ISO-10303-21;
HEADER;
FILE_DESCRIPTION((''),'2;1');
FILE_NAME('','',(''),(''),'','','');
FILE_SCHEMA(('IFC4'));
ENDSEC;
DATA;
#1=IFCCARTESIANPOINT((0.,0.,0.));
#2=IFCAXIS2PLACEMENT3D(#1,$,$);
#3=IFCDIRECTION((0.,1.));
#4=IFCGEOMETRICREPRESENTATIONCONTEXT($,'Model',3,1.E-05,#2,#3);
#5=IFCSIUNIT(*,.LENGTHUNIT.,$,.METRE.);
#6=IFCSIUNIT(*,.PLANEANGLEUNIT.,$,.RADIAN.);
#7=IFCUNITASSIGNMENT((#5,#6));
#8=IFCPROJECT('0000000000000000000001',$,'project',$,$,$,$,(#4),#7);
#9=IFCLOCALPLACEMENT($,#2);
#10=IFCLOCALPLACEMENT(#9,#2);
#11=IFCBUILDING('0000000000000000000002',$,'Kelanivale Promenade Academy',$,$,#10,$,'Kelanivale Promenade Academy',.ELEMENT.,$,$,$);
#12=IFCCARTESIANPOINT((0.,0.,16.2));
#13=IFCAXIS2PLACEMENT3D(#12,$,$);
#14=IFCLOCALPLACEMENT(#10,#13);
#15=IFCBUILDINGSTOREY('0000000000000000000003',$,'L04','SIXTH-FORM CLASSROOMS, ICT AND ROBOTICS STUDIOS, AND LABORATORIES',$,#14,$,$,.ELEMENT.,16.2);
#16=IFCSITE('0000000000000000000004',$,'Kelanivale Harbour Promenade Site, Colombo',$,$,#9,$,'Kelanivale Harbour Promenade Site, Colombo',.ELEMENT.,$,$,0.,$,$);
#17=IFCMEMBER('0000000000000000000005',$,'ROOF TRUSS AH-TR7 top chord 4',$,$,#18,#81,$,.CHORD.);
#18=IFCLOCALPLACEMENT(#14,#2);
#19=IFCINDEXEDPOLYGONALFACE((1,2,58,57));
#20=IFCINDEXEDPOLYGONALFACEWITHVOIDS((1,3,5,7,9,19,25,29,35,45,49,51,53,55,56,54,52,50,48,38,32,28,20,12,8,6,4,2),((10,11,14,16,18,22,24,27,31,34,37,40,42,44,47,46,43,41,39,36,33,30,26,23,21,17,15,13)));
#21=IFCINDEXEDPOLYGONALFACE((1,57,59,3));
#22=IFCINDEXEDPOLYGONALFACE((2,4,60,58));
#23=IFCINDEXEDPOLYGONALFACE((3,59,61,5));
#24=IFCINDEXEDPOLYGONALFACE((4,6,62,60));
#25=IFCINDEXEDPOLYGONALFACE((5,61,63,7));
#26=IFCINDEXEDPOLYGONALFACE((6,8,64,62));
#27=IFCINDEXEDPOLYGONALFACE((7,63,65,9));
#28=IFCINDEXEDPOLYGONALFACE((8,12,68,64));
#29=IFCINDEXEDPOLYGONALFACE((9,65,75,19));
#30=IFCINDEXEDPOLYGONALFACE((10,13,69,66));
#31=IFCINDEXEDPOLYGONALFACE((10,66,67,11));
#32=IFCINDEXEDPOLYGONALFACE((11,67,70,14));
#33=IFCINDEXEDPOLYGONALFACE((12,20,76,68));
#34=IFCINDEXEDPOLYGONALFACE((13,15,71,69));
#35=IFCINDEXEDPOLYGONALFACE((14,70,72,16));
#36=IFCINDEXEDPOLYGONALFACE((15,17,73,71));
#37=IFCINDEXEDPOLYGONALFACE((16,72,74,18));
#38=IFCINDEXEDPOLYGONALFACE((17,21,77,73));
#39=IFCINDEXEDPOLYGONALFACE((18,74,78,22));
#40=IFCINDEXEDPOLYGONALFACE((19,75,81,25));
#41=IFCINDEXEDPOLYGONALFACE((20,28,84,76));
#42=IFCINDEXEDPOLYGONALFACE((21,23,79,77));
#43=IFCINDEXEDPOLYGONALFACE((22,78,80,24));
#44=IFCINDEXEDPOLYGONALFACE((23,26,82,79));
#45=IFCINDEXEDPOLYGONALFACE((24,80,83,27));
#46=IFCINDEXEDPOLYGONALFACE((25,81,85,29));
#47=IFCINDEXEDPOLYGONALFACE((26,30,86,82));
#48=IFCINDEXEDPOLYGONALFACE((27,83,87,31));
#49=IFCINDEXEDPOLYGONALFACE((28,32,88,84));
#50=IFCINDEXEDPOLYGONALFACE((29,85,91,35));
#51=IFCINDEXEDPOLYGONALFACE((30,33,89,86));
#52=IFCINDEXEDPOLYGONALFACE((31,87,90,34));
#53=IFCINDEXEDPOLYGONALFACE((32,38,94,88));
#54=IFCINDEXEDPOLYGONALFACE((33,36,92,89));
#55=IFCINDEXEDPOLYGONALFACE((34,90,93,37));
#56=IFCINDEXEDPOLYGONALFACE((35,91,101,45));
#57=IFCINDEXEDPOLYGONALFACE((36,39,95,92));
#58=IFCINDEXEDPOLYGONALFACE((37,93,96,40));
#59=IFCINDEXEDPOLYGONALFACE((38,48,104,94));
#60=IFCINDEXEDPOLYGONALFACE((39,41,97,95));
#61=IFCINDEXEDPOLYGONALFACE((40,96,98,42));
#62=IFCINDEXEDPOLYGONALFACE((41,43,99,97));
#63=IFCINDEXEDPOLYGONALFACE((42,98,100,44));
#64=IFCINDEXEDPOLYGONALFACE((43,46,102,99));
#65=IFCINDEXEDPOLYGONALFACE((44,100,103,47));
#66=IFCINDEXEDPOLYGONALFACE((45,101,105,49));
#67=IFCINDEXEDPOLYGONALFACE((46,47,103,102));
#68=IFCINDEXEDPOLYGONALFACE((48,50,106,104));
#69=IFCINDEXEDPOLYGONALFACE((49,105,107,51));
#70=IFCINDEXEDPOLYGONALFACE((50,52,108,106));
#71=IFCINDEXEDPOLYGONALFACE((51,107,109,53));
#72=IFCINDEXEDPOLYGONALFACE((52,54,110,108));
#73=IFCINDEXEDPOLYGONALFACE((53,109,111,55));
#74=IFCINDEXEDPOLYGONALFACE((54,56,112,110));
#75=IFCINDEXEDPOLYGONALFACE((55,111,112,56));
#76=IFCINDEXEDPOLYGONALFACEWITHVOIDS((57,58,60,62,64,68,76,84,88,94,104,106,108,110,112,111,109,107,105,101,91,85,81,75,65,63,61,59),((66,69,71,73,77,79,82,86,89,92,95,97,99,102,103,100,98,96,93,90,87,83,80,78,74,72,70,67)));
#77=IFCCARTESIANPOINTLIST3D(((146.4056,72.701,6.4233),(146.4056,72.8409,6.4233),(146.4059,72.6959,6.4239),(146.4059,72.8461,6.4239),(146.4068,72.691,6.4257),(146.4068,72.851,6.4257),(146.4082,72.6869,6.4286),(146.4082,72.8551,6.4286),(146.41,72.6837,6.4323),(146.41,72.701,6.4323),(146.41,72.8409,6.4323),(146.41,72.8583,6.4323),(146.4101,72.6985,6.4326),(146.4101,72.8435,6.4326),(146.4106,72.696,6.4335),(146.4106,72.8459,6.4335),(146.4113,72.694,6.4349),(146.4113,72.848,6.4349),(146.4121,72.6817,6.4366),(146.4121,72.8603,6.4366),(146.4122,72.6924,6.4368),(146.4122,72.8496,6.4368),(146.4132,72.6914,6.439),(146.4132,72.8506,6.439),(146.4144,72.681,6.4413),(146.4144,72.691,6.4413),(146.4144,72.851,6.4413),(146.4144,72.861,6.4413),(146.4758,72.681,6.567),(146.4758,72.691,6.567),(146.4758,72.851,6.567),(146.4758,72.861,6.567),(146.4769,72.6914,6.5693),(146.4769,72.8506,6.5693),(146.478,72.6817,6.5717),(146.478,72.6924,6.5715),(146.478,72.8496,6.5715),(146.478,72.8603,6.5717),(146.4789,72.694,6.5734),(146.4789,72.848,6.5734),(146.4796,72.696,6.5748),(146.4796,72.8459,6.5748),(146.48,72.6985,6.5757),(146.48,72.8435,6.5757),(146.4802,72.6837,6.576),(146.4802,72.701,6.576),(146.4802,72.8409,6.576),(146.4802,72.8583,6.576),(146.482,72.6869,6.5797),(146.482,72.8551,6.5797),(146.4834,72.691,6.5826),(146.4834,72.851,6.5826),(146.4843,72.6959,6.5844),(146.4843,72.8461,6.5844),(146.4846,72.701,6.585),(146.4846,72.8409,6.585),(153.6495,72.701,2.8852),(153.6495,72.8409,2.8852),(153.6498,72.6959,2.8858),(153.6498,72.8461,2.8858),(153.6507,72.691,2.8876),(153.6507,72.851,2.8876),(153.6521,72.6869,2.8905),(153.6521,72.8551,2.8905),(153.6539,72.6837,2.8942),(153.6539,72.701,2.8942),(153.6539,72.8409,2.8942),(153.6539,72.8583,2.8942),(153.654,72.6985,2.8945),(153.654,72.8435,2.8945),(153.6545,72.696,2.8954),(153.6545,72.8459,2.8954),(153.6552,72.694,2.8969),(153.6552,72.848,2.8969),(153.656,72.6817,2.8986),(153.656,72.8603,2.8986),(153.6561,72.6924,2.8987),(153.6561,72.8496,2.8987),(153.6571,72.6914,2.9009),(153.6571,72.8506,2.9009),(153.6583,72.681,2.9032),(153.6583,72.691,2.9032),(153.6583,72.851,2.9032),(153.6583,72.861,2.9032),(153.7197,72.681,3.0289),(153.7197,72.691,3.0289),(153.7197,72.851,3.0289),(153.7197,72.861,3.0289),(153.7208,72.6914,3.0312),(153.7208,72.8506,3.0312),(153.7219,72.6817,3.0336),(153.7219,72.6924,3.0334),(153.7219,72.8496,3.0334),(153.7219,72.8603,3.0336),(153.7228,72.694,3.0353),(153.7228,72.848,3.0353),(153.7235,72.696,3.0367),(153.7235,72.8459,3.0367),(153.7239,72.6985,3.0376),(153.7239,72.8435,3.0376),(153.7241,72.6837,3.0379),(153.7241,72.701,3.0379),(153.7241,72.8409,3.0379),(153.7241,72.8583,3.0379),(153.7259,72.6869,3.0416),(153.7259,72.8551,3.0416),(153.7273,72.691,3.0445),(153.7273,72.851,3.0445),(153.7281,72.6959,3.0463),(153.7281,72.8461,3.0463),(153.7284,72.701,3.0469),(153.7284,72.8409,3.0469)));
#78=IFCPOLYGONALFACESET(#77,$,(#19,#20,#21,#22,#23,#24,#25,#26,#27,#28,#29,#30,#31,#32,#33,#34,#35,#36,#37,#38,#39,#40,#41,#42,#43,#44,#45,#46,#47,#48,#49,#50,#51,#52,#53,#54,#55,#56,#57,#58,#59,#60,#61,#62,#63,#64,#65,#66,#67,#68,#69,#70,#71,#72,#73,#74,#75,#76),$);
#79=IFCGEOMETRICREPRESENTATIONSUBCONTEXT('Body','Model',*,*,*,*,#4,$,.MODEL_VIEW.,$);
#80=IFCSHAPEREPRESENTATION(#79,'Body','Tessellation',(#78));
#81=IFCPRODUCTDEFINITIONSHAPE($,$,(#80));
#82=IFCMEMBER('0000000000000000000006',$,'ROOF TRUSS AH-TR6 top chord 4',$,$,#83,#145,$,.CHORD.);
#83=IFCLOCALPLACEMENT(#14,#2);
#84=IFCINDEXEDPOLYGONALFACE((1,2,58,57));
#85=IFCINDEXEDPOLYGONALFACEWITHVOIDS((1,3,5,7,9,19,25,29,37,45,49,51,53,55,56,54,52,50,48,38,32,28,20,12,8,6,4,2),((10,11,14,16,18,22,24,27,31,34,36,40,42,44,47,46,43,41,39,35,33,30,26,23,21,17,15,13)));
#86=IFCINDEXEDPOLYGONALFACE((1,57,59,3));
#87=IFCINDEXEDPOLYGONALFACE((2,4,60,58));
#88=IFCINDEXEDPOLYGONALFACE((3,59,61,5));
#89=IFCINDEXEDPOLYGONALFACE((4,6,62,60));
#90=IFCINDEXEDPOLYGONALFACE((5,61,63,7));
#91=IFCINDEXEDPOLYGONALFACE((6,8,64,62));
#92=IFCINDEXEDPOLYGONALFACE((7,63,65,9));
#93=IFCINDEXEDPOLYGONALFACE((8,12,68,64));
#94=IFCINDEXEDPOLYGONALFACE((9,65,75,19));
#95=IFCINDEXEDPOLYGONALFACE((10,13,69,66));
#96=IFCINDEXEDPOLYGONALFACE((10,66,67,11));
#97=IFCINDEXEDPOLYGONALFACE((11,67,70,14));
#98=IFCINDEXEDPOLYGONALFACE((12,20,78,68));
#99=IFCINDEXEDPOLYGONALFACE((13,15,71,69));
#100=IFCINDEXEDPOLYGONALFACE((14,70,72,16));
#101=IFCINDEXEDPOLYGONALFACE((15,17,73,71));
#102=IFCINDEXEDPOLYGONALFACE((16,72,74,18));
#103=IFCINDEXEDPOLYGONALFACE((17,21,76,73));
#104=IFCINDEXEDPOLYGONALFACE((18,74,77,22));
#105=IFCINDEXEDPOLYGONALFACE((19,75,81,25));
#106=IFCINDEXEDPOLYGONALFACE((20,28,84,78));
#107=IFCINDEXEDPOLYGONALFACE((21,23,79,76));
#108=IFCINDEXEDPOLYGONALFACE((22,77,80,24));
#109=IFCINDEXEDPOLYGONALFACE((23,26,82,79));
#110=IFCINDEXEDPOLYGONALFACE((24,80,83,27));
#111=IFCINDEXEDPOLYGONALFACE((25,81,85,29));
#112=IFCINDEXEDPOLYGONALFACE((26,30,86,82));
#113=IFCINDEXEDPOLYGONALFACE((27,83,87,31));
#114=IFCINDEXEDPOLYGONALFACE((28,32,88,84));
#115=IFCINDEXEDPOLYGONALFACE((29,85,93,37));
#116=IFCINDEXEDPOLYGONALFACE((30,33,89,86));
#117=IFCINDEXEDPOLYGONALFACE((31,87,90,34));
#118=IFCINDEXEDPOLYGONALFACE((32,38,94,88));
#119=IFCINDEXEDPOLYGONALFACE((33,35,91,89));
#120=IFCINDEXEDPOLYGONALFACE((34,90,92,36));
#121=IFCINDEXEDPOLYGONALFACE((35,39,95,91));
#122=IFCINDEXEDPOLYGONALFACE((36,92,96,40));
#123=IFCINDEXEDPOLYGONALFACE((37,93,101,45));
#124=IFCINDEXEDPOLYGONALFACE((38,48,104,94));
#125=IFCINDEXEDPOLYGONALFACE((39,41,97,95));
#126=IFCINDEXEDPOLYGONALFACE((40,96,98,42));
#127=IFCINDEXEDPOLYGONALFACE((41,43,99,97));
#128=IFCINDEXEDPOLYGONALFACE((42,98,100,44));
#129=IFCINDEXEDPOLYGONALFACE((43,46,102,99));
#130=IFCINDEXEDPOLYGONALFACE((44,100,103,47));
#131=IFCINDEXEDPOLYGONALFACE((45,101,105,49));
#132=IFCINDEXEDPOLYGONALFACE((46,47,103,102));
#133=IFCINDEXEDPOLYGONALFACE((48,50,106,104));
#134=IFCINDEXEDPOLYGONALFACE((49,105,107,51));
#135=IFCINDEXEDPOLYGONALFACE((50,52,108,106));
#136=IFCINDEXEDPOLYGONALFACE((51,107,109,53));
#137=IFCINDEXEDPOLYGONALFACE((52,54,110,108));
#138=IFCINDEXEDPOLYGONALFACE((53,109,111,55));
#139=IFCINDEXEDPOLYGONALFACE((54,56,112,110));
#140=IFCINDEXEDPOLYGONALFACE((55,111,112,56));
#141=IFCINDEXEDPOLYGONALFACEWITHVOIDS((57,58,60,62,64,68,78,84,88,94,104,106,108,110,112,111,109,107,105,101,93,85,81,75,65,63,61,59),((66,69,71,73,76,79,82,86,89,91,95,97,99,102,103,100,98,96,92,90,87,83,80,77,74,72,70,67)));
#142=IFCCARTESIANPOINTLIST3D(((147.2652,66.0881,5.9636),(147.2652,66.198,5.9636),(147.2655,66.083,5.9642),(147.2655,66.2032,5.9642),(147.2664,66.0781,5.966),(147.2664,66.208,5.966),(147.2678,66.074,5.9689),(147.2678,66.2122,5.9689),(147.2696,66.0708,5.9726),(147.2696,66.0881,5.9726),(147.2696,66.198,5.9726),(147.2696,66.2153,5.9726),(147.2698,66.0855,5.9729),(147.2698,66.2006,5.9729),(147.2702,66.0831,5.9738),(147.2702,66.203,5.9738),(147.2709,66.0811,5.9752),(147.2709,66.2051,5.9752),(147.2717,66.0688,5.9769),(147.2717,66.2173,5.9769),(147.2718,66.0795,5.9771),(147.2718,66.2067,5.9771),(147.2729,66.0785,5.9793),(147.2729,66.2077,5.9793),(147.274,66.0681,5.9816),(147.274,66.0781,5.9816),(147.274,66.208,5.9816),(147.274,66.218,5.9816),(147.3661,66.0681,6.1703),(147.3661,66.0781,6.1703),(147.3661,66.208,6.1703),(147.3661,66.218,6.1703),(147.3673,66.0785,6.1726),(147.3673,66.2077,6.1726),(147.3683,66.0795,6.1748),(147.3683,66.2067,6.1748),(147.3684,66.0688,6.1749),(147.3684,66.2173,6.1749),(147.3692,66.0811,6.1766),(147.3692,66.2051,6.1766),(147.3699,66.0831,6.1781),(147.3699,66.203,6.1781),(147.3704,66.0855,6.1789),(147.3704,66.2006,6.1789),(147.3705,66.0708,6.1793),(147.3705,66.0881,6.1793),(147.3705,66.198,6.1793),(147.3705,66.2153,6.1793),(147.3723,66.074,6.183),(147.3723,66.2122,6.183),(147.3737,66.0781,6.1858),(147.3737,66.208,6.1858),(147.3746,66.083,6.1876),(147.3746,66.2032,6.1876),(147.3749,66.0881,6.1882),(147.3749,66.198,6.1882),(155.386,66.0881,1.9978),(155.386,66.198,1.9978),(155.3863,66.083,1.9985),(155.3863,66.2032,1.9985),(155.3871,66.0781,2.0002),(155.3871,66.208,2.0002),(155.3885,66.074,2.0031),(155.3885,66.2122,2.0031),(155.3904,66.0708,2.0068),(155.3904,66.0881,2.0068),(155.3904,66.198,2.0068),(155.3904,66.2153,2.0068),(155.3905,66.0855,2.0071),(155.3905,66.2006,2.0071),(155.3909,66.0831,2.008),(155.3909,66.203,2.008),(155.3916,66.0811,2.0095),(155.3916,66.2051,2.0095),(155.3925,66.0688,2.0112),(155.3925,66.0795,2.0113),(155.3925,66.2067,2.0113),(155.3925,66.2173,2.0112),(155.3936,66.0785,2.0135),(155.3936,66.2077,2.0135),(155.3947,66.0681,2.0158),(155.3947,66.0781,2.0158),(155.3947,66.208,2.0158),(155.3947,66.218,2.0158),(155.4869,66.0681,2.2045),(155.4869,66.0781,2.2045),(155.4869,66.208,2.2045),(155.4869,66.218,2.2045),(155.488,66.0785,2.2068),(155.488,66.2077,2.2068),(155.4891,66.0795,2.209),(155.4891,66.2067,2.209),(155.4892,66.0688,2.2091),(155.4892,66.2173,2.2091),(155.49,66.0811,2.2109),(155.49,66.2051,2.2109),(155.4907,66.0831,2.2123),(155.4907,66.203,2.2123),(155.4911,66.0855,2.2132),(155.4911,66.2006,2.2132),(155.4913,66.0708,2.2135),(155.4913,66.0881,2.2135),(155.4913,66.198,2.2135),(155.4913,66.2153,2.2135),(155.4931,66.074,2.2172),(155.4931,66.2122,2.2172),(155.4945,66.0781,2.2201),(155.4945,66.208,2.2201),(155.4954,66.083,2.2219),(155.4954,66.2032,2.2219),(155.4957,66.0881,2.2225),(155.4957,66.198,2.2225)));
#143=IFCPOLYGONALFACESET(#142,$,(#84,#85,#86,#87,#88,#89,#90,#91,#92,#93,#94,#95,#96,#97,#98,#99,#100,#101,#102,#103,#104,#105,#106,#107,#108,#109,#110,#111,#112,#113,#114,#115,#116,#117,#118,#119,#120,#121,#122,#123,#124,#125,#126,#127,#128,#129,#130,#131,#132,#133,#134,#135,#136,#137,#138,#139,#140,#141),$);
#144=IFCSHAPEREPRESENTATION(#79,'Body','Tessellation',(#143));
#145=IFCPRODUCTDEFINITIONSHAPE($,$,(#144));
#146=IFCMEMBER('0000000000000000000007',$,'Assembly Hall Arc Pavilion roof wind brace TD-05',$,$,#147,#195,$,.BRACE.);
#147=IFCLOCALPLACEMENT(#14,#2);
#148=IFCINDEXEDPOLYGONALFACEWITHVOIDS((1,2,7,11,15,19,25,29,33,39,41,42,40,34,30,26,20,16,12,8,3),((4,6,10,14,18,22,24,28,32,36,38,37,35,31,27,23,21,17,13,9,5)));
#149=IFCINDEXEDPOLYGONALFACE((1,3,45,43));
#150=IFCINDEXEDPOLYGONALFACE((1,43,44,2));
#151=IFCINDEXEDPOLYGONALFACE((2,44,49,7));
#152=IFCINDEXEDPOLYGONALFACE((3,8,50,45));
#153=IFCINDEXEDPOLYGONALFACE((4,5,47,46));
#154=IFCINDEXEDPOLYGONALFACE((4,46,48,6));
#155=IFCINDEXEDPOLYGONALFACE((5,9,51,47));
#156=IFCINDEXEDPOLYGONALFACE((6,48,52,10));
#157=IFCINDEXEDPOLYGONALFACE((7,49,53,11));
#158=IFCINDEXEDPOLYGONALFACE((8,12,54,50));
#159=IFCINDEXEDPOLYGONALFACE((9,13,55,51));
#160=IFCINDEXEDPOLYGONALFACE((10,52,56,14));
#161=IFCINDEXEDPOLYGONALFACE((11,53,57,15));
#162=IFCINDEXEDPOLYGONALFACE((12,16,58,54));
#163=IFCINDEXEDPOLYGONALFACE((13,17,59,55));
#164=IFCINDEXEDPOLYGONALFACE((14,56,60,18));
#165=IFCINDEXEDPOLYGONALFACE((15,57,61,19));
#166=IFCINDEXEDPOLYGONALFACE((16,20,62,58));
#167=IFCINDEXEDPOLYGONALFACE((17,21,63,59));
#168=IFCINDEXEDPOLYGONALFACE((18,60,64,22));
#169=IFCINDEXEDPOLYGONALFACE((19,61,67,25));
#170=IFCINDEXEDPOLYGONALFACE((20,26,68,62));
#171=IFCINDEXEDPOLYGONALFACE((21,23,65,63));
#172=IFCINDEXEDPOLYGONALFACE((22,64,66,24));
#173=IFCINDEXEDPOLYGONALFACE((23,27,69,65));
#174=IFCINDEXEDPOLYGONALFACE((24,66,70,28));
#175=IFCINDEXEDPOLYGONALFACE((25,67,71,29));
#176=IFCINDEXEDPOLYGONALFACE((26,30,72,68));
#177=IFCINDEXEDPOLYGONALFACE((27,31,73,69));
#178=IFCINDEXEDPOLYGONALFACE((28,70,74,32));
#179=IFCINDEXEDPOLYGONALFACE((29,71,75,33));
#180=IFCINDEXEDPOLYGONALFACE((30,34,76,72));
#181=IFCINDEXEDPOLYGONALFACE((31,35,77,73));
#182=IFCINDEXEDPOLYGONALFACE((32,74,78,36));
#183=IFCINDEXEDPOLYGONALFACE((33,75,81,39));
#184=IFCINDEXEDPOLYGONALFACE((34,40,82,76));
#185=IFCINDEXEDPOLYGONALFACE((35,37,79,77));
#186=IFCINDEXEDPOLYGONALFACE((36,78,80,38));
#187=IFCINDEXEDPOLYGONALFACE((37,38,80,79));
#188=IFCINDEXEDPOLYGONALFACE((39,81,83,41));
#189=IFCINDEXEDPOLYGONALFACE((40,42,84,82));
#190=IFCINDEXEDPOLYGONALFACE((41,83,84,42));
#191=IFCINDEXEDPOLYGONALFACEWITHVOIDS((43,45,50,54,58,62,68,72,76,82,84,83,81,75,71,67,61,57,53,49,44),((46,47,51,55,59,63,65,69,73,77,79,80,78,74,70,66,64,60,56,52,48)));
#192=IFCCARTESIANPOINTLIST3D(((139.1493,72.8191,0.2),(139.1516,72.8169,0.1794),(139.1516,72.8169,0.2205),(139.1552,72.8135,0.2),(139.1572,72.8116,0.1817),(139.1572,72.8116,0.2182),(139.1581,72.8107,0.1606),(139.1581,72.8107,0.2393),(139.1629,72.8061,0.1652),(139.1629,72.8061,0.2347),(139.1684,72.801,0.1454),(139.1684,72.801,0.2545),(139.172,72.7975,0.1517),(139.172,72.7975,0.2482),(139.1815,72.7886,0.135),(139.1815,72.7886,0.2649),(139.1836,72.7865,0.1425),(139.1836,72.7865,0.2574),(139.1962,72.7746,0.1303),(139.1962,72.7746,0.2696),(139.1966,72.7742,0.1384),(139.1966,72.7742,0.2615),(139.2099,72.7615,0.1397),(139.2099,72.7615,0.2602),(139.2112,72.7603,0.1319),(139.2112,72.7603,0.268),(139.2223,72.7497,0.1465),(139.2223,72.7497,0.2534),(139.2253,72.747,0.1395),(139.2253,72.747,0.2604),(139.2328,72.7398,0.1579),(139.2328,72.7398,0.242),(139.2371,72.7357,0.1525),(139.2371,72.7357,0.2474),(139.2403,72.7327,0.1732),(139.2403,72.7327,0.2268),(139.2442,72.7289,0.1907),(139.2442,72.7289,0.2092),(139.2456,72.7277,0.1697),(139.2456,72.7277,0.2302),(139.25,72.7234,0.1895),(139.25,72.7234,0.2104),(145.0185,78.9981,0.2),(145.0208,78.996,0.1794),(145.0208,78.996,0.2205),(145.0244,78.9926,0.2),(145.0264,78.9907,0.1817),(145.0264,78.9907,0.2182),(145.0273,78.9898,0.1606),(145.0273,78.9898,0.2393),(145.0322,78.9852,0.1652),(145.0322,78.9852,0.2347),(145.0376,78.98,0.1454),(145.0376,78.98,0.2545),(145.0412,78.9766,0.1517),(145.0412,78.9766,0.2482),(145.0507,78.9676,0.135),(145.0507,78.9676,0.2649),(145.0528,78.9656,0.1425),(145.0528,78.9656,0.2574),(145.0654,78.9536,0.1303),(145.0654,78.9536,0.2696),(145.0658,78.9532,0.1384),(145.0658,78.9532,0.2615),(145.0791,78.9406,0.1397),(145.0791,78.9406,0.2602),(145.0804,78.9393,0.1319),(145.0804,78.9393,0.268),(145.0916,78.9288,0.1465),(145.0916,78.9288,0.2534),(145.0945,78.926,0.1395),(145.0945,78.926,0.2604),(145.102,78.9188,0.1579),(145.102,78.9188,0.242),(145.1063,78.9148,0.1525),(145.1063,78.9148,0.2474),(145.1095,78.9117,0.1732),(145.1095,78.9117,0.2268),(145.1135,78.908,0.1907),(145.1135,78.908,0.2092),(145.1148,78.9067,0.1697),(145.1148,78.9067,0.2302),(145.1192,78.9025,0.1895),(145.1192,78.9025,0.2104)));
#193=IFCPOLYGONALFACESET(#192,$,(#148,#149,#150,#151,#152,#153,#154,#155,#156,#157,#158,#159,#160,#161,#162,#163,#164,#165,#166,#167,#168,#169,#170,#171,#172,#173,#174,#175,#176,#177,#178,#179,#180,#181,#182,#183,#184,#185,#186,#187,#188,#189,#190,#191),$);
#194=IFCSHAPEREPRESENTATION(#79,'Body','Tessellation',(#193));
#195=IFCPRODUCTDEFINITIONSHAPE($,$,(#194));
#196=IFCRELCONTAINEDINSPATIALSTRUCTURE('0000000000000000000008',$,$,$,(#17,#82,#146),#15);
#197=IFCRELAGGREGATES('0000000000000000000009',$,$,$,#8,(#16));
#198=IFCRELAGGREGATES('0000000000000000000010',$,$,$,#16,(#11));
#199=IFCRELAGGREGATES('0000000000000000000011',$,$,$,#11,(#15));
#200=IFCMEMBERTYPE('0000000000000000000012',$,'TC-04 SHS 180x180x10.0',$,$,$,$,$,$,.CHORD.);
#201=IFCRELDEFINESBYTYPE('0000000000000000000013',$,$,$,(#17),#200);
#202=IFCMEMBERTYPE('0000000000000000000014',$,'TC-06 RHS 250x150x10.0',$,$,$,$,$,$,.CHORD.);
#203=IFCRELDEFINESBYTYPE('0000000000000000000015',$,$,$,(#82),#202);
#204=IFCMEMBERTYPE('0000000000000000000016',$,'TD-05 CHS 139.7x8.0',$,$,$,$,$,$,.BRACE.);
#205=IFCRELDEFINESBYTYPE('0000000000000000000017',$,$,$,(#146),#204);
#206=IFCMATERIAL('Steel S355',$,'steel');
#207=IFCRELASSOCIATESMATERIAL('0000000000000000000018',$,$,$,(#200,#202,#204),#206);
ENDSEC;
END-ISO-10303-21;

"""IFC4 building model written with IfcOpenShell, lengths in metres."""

from ifc_helpers import new_model, si_unit, direction, frame, origin, origin_2d, place, context, subcontext, project, spatial, hollow_rectangle, hollow_circle, extrude, material, material_profile, profile_set, type_object, element, save


model = new_model("IFC4")

# Units and contexts
model_context = context("Model", 3, precision=1e-05, world=origin(), true_north=direction((0.0, 1.0)))
body_context = subcontext(model_context, "Body", "Model", "MODEL_VIEW")
ifc_project = project(units=[si_unit("LENGTHUNIT", "METRE"), si_unit("PLANEANGLEUNIT", "RADIAN")], contexts=[model_context])

# Site, building, storey
site_placement = place(None, origin())
site = spatial("IfcSite", under=ifc_project, at=site_placement, Name="Kelanivale Harbour Promenade Site, Colombo", LongName="Kelanivale Harbour Promenade Site, Colombo", CompositionType="ELEMENT", RefElevation=0.0)
building_placement = place(site_placement, origin())
building = spatial("IfcBuilding", under=site, at=building_placement, Name="Kelanivale Promenade Academy", LongName="Kelanivale Promenade Academy", CompositionType="ELEMENT")
storey_placement = place(building_placement, frame((0.0, 0.0, 16.2)))
storey = spatial("IfcBuildingStorey", under=building, at=storey_placement, Name="L04", Description="SIXTH-FORM CLASSROOMS, ICT AND ROBOTICS STUDIOS, AND LABORATORIES", CompositionType="ELEMENT", Elevation=16.2)

# Members
ifc_material = material(Name="Steel S355", Category="steel")
ifc_material_profile_1 = material_profile(ifc_material, hollow_rectangle(XDim=0.1799, YDim=0.1799, WallThickness=0.01, InnerFilletRadius=0.01, OuterFilletRadius=0.02, at=origin_2d()), Name="SHS 180x180x10.0")
ifc_profile_set_1 = profile_set([ifc_material_profile_1], Name="Steel S355")
member_type_1 = type_object("IfcMemberType", Name="TC-04 SHS 180x180x10.0", PredefinedType="CHORD", material=ifc_profile_set_1)
member_1_placement = place(storey_placement, frame((146.4451, 72.771, 6.5042), z_axis=(0.898549, 0.0, -0.438872), x_axis=(0.0, 1.0, 0.0)))
element("IfcMember", 1, at=member_1_placement, inside=storey, type_object=member_type_1, Name="ROOF TRUSS AH-TR7 top chord 4", PredefinedType="CHORD", context=body_context, shape_type="SweptSolid", body=[
    extrude(hollow_rectangle(XDim=0.1799, YDim=0.1799, WallThickness=0.01, InnerFilletRadius=0.01, OuterFilletRadius=0.02, at=origin_2d()), origin(), (0.0, 0.0, 1.0), 8.0618),
])
ifc_material_profile_2 = material_profile(ifc_material, hollow_rectangle(XDim=0.1499, YDim=0.25, WallThickness=0.01, InnerFilletRadius=0.01, OuterFilletRadius=0.02, at=origin_2d()), Name="RHS 250x150x10.0")
ifc_profile_set_2 = profile_set([ifc_material_profile_2], Name="Steel S355")
member_type_2 = type_object("IfcMemberType", Name="TC-06 RHS 250x150x10.0", PredefinedType="CHORD", material=ifc_profile_set_2)
member_2_placement = place(storey_placement, frame((147.3201, 66.1431, 6.0759), z_axis=(0.898575, 0.0, -0.43882), x_axis=(0.0, 1.0, 0.0)))
element("IfcMember", 2, at=member_2_placement, inside=storey, type_object=member_type_2, Name="ROOF TRUSS AH-TR6 top chord 4", PredefinedType="CHORD", context=body_context, shape_type="SweptSolid", body=[
    extrude(hollow_rectangle(XDim=0.1499, YDim=0.25, WallThickness=0.01, InnerFilletRadius=0.01, OuterFilletRadius=0.02, at=origin_2d()), origin(), (0.0, 0.0, 1.0), 9.0374),
])
ifc_material_profile_3 = material_profile(ifc_material, hollow_circle(Radius=0.0698, WallThickness=0.0081, at=origin_2d()), Name="CHS 139.7x8.0")
ifc_profile_set_3 = profile_set([ifc_material_profile_3], Name="Steel S355")
member_type_3 = type_object("IfcMemberType", Name="TD-05 CHS 139.7x8.0", PredefinedType="BRACE", material=ifc_profile_set_3)
member_3_placement = place(storey_placement, frame((139.2, 72.771, 0.2), z_axis=(0.688696, 0.72505, 0.0), x_axis=(-0.72505, 0.688696, 0.0)))
element("IfcMember", 3, at=member_3_placement, inside=storey, type_object=member_type_3, Name="Assembly Hall Arc Pavilion roof wind brace TD-05", PredefinedType="BRACE", context=body_context, shape_type="SweptSolid", body=[
    extrude(hollow_circle(Radius=0.0698, WallThickness=0.0081, at=origin_2d()), origin(), (0.0, 0.0, 1.0), 8.5222),
])

save(model, "model.ifc")
